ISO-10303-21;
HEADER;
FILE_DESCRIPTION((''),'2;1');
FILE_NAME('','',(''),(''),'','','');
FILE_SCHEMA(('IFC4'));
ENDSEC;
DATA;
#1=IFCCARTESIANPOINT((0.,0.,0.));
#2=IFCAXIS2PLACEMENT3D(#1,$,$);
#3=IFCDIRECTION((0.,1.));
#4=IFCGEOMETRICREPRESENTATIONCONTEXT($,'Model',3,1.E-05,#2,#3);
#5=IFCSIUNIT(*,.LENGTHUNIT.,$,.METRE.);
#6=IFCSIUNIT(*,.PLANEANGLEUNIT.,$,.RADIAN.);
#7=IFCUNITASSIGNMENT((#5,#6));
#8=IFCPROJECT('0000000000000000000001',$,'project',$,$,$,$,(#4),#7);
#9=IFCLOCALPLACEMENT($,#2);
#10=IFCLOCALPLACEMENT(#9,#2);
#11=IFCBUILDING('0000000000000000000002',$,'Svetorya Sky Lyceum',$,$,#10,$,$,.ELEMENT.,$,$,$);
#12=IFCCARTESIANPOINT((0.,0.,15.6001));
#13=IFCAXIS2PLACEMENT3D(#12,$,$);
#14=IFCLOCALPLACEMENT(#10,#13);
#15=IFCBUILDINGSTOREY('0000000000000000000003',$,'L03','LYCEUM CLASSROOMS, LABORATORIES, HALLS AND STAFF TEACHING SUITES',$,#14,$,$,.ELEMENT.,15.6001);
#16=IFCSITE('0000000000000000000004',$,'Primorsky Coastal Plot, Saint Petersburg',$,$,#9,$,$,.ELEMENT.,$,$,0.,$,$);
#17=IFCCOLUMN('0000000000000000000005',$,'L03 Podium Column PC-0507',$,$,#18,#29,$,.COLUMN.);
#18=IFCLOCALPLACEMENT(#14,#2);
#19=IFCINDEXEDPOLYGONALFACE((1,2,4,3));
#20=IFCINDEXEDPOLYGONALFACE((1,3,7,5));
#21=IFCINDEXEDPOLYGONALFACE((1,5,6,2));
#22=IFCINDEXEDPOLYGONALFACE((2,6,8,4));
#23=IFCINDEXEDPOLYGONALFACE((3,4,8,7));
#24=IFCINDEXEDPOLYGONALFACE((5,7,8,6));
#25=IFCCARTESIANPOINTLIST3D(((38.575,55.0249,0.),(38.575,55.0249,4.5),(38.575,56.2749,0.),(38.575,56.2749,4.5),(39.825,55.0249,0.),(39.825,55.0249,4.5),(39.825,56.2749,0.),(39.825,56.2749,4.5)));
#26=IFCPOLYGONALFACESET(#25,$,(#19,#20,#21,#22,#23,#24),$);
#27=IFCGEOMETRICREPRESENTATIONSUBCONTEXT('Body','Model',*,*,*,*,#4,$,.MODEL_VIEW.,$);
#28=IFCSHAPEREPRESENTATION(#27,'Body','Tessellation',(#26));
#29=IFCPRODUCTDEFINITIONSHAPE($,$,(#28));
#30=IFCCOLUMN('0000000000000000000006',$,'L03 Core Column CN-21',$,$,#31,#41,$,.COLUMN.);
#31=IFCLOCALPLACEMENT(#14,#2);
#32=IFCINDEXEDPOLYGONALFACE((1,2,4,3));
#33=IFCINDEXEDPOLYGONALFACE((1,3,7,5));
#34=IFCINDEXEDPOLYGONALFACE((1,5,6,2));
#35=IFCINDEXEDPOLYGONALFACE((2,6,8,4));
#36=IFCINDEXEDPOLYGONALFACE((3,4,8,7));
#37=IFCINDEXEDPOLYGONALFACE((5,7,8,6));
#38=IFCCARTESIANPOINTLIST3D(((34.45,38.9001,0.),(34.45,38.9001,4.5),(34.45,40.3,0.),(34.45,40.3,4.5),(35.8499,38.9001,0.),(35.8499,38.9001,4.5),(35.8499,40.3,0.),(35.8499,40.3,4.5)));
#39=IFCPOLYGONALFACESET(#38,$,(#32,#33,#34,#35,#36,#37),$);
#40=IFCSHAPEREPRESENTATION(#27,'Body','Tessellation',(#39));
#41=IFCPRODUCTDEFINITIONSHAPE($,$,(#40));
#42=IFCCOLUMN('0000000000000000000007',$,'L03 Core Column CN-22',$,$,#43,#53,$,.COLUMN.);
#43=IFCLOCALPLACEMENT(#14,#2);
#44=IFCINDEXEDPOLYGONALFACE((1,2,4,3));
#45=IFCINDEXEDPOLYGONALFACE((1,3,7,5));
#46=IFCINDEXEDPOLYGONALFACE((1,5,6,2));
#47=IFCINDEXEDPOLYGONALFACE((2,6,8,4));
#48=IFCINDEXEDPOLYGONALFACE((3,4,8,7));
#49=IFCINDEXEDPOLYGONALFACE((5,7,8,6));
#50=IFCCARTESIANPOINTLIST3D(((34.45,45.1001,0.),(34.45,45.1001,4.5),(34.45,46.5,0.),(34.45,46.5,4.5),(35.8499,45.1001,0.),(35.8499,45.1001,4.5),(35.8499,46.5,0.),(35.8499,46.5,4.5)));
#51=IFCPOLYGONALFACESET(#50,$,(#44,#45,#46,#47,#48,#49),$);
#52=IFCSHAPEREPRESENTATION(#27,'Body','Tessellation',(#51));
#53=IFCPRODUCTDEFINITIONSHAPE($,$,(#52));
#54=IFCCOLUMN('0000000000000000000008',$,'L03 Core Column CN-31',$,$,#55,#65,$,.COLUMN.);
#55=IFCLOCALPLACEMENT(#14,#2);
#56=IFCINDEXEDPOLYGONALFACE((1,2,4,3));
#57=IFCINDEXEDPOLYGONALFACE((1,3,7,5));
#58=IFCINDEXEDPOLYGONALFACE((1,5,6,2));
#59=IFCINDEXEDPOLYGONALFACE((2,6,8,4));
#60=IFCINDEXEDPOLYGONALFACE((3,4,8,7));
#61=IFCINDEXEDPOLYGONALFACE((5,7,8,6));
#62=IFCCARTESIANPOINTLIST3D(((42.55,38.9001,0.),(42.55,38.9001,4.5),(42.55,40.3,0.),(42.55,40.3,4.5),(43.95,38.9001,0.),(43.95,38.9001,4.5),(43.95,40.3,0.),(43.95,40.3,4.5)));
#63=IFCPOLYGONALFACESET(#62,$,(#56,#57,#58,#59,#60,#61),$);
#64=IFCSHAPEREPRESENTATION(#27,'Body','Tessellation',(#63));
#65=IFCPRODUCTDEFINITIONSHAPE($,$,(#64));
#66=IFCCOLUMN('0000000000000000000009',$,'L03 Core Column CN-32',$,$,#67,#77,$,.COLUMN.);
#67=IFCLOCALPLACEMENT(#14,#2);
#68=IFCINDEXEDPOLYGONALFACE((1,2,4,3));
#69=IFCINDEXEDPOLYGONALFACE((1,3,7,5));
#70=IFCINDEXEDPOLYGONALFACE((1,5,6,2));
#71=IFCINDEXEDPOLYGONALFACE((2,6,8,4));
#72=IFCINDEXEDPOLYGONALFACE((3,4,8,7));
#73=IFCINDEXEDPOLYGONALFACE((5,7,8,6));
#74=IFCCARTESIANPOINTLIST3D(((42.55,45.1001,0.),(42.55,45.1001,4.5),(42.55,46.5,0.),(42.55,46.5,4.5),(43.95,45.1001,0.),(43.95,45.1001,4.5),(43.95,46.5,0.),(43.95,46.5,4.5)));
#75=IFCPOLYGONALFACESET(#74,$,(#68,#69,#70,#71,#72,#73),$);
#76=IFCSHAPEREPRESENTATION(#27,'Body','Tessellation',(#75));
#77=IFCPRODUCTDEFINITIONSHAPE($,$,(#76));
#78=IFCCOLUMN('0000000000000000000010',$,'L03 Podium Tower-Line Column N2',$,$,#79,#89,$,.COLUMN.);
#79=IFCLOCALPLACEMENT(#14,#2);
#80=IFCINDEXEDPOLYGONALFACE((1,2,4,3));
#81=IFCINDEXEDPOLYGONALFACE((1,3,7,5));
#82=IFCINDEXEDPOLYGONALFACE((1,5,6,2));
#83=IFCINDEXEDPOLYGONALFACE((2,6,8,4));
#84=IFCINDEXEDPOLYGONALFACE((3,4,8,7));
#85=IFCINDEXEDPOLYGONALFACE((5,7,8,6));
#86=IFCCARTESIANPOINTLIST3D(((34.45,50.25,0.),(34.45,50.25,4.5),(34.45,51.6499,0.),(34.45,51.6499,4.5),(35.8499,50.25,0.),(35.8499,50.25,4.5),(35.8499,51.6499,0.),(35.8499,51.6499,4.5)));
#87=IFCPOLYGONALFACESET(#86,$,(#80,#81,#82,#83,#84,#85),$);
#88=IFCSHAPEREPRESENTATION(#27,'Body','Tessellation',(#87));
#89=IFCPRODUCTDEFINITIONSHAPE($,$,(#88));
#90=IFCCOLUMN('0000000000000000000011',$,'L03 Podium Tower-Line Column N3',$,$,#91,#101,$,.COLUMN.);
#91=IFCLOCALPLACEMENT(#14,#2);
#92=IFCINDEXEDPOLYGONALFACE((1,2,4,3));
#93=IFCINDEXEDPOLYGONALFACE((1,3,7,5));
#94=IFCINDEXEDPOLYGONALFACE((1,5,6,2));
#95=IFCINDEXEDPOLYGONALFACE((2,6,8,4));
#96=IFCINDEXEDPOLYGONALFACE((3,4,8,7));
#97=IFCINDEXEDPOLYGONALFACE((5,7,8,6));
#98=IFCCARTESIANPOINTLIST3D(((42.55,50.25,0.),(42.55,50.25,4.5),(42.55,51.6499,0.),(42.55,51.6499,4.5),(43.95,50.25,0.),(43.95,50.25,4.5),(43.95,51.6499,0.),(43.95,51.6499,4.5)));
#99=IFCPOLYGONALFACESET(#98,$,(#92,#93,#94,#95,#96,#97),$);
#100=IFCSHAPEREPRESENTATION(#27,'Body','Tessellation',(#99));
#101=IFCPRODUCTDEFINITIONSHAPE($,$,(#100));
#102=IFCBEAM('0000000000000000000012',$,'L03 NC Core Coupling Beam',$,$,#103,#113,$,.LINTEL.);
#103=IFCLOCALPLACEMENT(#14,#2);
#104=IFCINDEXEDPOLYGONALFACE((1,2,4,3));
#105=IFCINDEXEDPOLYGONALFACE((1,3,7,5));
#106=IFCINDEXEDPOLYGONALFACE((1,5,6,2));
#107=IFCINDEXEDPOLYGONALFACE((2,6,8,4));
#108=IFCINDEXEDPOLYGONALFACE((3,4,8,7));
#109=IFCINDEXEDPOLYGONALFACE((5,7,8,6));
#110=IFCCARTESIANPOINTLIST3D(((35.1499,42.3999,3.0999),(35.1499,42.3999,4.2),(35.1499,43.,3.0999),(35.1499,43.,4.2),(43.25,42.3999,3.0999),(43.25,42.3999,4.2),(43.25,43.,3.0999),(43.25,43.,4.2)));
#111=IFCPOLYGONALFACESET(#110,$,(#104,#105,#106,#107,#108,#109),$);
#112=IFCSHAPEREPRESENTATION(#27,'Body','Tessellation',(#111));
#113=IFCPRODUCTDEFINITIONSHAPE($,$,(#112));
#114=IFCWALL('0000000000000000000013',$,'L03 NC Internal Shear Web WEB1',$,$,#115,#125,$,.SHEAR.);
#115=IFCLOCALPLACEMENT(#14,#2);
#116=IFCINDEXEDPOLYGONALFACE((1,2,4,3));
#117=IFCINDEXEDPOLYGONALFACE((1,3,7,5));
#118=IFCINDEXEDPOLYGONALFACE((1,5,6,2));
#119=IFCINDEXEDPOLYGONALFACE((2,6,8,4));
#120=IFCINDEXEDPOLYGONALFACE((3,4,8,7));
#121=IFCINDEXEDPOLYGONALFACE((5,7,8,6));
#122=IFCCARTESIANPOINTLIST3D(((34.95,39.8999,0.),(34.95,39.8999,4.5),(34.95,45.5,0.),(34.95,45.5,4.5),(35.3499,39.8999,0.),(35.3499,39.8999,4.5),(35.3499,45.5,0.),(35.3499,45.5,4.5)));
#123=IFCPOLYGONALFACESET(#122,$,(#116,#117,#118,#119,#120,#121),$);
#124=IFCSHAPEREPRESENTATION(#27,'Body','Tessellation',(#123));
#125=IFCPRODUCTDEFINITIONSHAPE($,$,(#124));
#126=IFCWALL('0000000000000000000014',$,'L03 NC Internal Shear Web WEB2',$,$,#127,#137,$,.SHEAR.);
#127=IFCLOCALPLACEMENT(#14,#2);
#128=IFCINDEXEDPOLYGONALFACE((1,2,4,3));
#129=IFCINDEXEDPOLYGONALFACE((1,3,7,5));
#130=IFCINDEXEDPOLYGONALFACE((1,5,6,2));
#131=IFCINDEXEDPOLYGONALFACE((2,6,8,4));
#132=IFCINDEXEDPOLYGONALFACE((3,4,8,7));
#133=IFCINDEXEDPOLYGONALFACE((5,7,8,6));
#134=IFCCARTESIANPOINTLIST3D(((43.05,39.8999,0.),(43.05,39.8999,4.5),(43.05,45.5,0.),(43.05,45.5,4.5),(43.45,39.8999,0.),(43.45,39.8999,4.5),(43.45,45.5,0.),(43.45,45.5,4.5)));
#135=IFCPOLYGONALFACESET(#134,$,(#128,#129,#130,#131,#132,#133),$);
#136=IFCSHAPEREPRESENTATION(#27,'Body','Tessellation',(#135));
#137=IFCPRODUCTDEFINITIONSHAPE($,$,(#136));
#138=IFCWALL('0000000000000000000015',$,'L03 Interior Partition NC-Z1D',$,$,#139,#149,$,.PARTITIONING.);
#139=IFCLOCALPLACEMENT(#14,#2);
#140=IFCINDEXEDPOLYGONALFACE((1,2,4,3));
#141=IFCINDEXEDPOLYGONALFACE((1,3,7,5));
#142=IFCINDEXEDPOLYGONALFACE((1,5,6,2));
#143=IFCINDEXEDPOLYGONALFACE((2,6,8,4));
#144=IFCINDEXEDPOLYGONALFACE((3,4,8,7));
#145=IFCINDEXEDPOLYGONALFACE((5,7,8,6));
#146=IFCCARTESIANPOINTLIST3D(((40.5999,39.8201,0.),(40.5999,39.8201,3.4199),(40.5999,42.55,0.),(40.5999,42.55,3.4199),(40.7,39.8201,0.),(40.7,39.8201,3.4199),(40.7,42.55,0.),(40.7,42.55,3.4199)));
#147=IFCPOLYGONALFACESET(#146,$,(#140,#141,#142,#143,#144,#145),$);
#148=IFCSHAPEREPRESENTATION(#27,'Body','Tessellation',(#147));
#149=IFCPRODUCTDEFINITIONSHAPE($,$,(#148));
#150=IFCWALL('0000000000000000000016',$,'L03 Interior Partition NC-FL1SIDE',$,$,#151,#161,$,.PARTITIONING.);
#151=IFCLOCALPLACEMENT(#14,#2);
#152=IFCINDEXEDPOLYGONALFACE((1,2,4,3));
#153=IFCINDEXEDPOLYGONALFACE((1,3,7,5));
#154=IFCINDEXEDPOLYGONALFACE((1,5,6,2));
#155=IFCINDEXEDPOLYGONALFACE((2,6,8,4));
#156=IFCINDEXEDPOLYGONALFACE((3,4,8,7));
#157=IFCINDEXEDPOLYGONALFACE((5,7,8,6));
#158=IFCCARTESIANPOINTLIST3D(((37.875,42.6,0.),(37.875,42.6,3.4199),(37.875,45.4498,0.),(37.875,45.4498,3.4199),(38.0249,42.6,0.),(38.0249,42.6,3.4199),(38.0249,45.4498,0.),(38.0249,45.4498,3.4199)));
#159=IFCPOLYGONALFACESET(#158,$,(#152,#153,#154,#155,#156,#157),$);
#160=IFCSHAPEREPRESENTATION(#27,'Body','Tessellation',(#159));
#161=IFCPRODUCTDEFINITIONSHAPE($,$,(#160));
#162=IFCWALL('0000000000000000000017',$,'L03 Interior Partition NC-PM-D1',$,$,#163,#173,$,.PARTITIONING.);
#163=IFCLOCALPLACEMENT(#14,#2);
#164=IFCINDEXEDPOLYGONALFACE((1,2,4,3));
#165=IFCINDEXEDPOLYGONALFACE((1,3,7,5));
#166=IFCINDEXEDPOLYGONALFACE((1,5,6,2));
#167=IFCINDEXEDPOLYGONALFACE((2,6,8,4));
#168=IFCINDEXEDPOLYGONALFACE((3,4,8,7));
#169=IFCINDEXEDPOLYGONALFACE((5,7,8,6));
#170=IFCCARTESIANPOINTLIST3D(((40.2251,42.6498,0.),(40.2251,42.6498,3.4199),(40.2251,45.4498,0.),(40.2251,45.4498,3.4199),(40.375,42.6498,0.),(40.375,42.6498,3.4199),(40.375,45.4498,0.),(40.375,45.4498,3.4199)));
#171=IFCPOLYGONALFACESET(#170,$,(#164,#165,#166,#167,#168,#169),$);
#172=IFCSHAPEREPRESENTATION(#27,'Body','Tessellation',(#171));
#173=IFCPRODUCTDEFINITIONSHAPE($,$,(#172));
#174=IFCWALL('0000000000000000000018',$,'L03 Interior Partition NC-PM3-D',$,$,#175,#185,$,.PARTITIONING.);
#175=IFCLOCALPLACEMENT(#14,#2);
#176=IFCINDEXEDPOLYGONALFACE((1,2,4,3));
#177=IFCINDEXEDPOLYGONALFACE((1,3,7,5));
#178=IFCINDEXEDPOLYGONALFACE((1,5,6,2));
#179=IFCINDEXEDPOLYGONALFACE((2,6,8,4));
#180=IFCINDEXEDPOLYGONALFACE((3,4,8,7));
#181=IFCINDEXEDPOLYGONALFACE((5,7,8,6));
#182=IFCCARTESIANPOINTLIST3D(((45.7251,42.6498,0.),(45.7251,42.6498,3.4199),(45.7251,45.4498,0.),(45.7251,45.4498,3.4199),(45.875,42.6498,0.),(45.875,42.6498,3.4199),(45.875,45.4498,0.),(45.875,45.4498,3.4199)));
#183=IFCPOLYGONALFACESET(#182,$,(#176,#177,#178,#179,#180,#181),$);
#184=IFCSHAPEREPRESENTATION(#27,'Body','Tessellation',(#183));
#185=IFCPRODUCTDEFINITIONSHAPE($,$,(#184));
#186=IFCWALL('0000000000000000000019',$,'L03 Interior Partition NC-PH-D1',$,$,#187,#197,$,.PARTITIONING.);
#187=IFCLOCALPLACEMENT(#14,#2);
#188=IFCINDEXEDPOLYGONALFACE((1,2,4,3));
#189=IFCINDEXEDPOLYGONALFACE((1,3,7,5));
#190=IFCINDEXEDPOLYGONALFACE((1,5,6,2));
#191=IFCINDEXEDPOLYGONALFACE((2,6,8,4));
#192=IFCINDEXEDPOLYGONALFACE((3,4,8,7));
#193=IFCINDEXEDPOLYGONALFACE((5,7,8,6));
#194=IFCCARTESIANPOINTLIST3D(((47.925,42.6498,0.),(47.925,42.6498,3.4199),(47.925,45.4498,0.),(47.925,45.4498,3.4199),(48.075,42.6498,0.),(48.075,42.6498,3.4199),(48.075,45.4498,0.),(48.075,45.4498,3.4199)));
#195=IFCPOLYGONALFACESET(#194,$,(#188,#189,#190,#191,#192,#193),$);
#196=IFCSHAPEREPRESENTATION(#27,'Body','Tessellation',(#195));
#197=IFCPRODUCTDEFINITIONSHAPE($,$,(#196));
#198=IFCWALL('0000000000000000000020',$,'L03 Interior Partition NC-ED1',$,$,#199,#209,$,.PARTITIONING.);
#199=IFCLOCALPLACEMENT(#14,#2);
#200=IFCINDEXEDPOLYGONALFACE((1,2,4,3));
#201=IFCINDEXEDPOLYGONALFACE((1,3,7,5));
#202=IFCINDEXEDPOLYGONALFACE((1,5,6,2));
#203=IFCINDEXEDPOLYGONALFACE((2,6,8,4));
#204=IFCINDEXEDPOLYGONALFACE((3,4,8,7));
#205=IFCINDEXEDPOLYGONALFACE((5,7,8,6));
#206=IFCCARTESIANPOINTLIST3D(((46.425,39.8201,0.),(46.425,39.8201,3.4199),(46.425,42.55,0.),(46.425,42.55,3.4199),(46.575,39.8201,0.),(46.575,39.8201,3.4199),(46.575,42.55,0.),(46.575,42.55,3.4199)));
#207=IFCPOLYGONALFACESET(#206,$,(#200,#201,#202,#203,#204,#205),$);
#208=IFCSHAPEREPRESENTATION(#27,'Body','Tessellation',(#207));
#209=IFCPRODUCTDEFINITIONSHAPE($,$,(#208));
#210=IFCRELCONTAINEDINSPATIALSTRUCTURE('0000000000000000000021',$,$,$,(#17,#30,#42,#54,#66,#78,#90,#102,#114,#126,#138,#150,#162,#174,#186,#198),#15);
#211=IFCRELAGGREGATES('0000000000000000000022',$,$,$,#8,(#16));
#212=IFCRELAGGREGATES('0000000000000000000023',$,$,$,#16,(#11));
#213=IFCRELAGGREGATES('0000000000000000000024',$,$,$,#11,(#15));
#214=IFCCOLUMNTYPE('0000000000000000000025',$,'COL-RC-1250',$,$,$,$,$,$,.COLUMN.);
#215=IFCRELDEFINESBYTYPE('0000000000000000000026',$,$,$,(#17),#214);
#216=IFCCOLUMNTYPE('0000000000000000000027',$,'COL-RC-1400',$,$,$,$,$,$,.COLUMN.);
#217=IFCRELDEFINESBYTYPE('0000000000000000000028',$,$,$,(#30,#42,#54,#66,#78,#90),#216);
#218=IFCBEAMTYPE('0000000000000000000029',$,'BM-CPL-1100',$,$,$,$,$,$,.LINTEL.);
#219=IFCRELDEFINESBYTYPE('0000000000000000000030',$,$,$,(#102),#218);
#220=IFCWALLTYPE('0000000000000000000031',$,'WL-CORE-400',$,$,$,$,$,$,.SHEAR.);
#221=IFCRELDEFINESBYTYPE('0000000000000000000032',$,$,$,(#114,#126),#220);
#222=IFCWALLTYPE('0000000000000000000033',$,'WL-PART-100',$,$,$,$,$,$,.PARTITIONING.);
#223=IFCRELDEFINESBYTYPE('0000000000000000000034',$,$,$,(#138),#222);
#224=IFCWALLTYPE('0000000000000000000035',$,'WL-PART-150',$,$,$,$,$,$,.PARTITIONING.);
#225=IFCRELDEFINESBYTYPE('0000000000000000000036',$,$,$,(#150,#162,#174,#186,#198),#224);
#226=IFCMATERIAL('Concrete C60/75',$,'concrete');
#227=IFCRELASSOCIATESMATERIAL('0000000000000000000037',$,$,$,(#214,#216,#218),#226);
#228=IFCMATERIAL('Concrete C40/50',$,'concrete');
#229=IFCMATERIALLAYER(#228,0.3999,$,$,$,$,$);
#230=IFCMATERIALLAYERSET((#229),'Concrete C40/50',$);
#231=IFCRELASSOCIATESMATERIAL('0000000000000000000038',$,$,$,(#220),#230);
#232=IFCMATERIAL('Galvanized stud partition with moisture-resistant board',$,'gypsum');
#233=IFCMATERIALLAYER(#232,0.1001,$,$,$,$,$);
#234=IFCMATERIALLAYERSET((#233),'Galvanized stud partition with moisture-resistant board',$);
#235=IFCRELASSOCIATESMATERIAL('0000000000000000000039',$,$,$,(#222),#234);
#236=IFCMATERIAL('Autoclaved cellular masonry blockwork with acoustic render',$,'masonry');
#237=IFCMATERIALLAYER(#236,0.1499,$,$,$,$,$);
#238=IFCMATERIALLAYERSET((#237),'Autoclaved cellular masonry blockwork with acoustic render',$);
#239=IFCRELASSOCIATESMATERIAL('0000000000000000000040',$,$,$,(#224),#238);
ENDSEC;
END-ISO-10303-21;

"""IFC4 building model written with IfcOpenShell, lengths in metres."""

from ifc_helpers import new_model, si_unit, direction, frame, frame_2d, origin, origin_2d, place, context, subcontext, project, spatial, rectangle, extrude, material, layer, layer_set, material_profile, profile_set, type_object, element, save


model = new_model("IFC4")

# Units and contexts
model_context = context("Model", 3, precision=1e-05, world=origin(), true_north=direction((0.0, 1.0)))
body_context = subcontext(model_context, "Body", "Model", "MODEL_VIEW")
ifc_project = project(units=[si_unit("LENGTHUNIT", "METRE"), si_unit("PLANEANGLEUNIT", "RADIAN")], contexts=[model_context])

# Site, building, storey
site_placement = place(None, origin())
site = spatial("IfcSite", under=ifc_project, at=site_placement, Name="Primorsky Coastal Plot, Saint Petersburg", CompositionType="ELEMENT", RefElevation=0.0)
building_placement = place(site_placement, origin())
building = spatial("IfcBuilding", under=site, at=building_placement, Name="Svetorya Sky Lyceum", CompositionType="ELEMENT")
storey_placement = place(building_placement, frame((0.0, 0.0, 15.6001)))
storey = spatial("IfcBuildingStorey", under=building, at=storey_placement, Name="L03", Description="LYCEUM CLASSROOMS, LABORATORIES, HALLS AND STAFF TEACHING SUITES", CompositionType="ELEMENT", Elevation=15.6001)

# Columns
ifc_material_1 = material(Name="Concrete C60/75", Category="concrete")
ifc_material_profile_1 = material_profile(ifc_material_1, rectangle(XDim=1.25, YDim=1.25, at=origin_2d()), Name="RC COL 1250x1250")
ifc_profile_set_1 = profile_set([ifc_material_profile_1], Name="Concrete C60/75")
column_type_1 = type_object("IfcColumnType", Name="COL-RC-1250", PredefinedType="COLUMN", material=ifc_profile_set_1)
column_placement = place(storey_placement, frame((39.2, 55.6499, 0.0), z_axis=(0.0, 0.0, 1.0), x_axis=(1.0, 0.0, 0.0)))
element("IfcColumn", 1, at=column_placement, inside=storey, type_object=column_type_1, Name="L03 Podium Column PC-0507", PredefinedType="COLUMN", context=body_context, shape_type="SweptSolid", body=[
    extrude(rectangle(XDim=1.25, YDim=1.25, at=origin_2d()), origin(), (0.0, 0.0, 1.0), 4.5),
])
ifc_material_profile_2 = material_profile(ifc_material_1, rectangle(XDim=1.3999, YDim=1.3999, at=origin_2d()), Name="RC COL 1400x1400")
ifc_profile_set_2 = profile_set([ifc_material_profile_2], Name="Concrete C60/75")
column_type_2 = type_object("IfcColumnType", Name="COL-RC-1400", PredefinedType="COLUMN", material=ifc_profile_set_2)
for number, where, z_axis, x_axis, name in (
    (2, (35.1499, 39.6001, 0.0), (0.0, 0.0, 1.0), (1.0, 0.0, 0.0), "L03 Core Column CN-21"),
    (3, (35.1499, 45.8, 0.0), (0.0, 0.0, 1.0), (1.0, 0.0, 0.0), "L03 Core Column CN-22"),
    (4, (43.25, 39.6001, 0.0), (0.0, 0.0, 1.0), (1.0, 0.0, 0.0), "L03 Core Column CN-31"),
    (5, (43.25, 45.8, 0.0), (0.0, 0.0, 1.0), (1.0, 0.0, 0.0), "L03 Core Column CN-32"),
    (6, (35.1499, 50.95, 0.0), (0.0, 0.0, 1.0), (1.0, 0.0, 0.0), "L03 Podium Tower-Line Column N2"),
    (7, (43.25, 50.95, 0.0), (0.0, 0.0, 1.0), (1.0, 0.0, 0.0), "L03 Podium Tower-Line Column N3"),
):
    element("IfcColumn", number, at=place(storey_placement, frame(where, z_axis=z_axis, x_axis=x_axis)), inside=storey, type_object=column_type_2, Name=name, PredefinedType="COLUMN", context=body_context, shape_type="SweptSolid", body=[
        extrude(rectangle(XDim=1.3999, YDim=1.3999, at=origin_2d()), origin(), (0.0, 0.0, 1.0), 4.5),
    ])

# Beam
ifc_material_profile_3 = material_profile(ifc_material_1, rectangle(XDim=0.6001, YDim=1.1001, at=origin_2d()), Name="RC COUPLING 600x1100")
ifc_profile_set_3 = profile_set([ifc_material_profile_3], Name="Concrete C60/75")
beam_type = type_object("IfcBeamType", Name="BM-CPL-1100", PredefinedType="LINTEL", material=ifc_profile_set_3)
beam_placement = place(storey_placement, frame((35.1499, 42.7, 3.6499), z_axis=(1.0, 0.0, 0.0), x_axis=(0.0, 1.0, 0.0)))
element("IfcBeam", 8, at=beam_placement, inside=storey, type_object=beam_type, Name="L03 NC Core Coupling Beam", PredefinedType="LINTEL", context=body_context, shape_type="SweptSolid", body=[
    extrude(rectangle(XDim=0.6001, YDim=1.1001, at=origin_2d()), origin(), (0.0, 0.0, 1.0), 8.1001),
])

# Walls
ifc_material_2 = material(Name="Concrete C40/50", Category="concrete")
ifc_layer_1 = layer(ifc_material_2, 0.3999)
ifc_layer_set_1 = layer_set([ifc_layer_1], Name="Concrete C40/50")
wall_type_1 = type_object("IfcWallType", Name="WL-CORE-400", PredefinedType="SHEAR", material=ifc_layer_set_1)
for number, where, z_axis, x_axis, name in (
    (9, (35.1499, 39.8999, 0.0), (0.0, 0.0, 1.0), (0.0, 1.0, 0.0), "L03 NC Internal Shear Web WEB1"),
    (10, (43.25, 39.8999, 0.0), (0.0, 0.0, 1.0), (0.0, 1.0, 0.0), "L03 NC Internal Shear Web WEB2"),
):
    element("IfcWall", number, at=place(storey_placement, frame(where, z_axis=z_axis, x_axis=x_axis)), inside=storey, type_object=wall_type_1, Name=name, PredefinedType="SHEAR", context=body_context, shape_type="SweptSolid", body=[
        extrude(rectangle(XDim=5.6001, YDim=0.3999, at=frame_2d((2.8, 0.0))), origin(), (0.0, 0.0, 1.0), 4.5),
    ])
ifc_material_3 = material(Name="Galvanized stud partition with moisture-resistant board", Category="gypsum")
ifc_layer_2 = layer(ifc_material_3, 0.1001)
ifc_layer_set_2 = layer_set([ifc_layer_2], Name="Galvanized stud partition with moisture-resistant board")
wall_type_2 = type_object("IfcWallType", Name="WL-PART-100", PredefinedType="PARTITIONING", material=ifc_layer_set_2)
wall_1_placement = place(storey_placement, frame((40.6499, 39.8201, 0.0), z_axis=(0.0, 0.0, 1.0), x_axis=(0.0, 1.0, 0.0)))
element("IfcWall", 11, at=wall_1_placement, inside=storey, type_object=wall_type_2, Name="L03 Interior Partition NC-Z1D", PredefinedType="PARTITIONING", context=body_context, shape_type="SweptSolid", body=[
    extrude(rectangle(XDim=2.73, YDim=0.1001, at=frame_2d((1.365, 0.0))), origin(), (0.0, 0.0, 1.0), 3.4199),
])
ifc_material_4 = material(Name="Autoclaved cellular masonry blockwork with acoustic render", Category="masonry")
ifc_layer_3 = layer(ifc_material_4, 0.1499)
ifc_layer_set_3 = layer_set([ifc_layer_3], Name="Autoclaved cellular masonry blockwork with acoustic render")
wall_type_3 = type_object("IfcWallType", Name="WL-PART-150", PredefinedType="PARTITIONING", material=ifc_layer_set_3)
wall_2_placement = place(storey_placement, frame((37.95, 42.6001, 0.0), z_axis=(0.0, 0.0, 1.0), x_axis=(0.0, 1.0, 0.0)))
element("IfcWall", 12, at=wall_2_placement, inside=storey, type_object=wall_type_3, Name="L03 Interior Partition NC-FL1SIDE", PredefinedType="PARTITIONING", context=body_context, shape_type="SweptSolid", body=[
    extrude(rectangle(XDim=2.8499, YDim=0.1499, at=frame_2d((1.4248, 0.0))), origin(), (0.0, 0.0, 1.0), 3.4199),
])
for number, where, z_axis, x_axis, name in (
    (13, (40.3, 42.6499, 0.0), (0.0, 0.0, 1.0), (0.0, 1.0, 0.0), "L03 Interior Partition NC-PM-D1"),
    (14, (45.8, 42.6499, 0.0), (0.0, 0.0, 1.0), (0.0, 1.0, 0.0), "L03 Interior Partition NC-PM3-D"),
    (15, (48.0, 42.6499, 0.0), (0.0, 0.0, 1.0), (0.0, 1.0, 0.0), "L03 Interior Partition NC-PH-D1"),
):
    element("IfcWall", number, at=place(storey_placement, frame(where, z_axis=z_axis, x_axis=x_axis)), inside=storey, type_object=wall_type_3, Name=name, PredefinedType="PARTITIONING", context=body_context, shape_type="SweptSolid", body=[
        extrude(rectangle(XDim=2.8, YDim=0.1499, at=frame_2d((1.3999, 0.0))), origin(), (0.0, 0.0, 1.0), 3.4199),
    ])
wall_3_placement = place(storey_placement, frame((46.5, 39.8201, 0.0), z_axis=(0.0, 0.0, 1.0), x_axis=(0.0, 1.0, 0.0)))
element("IfcWall", 16, at=wall_3_placement, inside=storey, type_object=wall_type_3, Name="L03 Interior Partition NC-ED1", PredefinedType="PARTITIONING", context=body_context, shape_type="SweptSolid", body=[
    extrude(rectangle(XDim=2.73, YDim=0.1499, at=frame_2d((1.365, 0.0))), origin(), (0.0, 0.0, 1.0), 3.4199),
])

save(model, "model.ifc")
